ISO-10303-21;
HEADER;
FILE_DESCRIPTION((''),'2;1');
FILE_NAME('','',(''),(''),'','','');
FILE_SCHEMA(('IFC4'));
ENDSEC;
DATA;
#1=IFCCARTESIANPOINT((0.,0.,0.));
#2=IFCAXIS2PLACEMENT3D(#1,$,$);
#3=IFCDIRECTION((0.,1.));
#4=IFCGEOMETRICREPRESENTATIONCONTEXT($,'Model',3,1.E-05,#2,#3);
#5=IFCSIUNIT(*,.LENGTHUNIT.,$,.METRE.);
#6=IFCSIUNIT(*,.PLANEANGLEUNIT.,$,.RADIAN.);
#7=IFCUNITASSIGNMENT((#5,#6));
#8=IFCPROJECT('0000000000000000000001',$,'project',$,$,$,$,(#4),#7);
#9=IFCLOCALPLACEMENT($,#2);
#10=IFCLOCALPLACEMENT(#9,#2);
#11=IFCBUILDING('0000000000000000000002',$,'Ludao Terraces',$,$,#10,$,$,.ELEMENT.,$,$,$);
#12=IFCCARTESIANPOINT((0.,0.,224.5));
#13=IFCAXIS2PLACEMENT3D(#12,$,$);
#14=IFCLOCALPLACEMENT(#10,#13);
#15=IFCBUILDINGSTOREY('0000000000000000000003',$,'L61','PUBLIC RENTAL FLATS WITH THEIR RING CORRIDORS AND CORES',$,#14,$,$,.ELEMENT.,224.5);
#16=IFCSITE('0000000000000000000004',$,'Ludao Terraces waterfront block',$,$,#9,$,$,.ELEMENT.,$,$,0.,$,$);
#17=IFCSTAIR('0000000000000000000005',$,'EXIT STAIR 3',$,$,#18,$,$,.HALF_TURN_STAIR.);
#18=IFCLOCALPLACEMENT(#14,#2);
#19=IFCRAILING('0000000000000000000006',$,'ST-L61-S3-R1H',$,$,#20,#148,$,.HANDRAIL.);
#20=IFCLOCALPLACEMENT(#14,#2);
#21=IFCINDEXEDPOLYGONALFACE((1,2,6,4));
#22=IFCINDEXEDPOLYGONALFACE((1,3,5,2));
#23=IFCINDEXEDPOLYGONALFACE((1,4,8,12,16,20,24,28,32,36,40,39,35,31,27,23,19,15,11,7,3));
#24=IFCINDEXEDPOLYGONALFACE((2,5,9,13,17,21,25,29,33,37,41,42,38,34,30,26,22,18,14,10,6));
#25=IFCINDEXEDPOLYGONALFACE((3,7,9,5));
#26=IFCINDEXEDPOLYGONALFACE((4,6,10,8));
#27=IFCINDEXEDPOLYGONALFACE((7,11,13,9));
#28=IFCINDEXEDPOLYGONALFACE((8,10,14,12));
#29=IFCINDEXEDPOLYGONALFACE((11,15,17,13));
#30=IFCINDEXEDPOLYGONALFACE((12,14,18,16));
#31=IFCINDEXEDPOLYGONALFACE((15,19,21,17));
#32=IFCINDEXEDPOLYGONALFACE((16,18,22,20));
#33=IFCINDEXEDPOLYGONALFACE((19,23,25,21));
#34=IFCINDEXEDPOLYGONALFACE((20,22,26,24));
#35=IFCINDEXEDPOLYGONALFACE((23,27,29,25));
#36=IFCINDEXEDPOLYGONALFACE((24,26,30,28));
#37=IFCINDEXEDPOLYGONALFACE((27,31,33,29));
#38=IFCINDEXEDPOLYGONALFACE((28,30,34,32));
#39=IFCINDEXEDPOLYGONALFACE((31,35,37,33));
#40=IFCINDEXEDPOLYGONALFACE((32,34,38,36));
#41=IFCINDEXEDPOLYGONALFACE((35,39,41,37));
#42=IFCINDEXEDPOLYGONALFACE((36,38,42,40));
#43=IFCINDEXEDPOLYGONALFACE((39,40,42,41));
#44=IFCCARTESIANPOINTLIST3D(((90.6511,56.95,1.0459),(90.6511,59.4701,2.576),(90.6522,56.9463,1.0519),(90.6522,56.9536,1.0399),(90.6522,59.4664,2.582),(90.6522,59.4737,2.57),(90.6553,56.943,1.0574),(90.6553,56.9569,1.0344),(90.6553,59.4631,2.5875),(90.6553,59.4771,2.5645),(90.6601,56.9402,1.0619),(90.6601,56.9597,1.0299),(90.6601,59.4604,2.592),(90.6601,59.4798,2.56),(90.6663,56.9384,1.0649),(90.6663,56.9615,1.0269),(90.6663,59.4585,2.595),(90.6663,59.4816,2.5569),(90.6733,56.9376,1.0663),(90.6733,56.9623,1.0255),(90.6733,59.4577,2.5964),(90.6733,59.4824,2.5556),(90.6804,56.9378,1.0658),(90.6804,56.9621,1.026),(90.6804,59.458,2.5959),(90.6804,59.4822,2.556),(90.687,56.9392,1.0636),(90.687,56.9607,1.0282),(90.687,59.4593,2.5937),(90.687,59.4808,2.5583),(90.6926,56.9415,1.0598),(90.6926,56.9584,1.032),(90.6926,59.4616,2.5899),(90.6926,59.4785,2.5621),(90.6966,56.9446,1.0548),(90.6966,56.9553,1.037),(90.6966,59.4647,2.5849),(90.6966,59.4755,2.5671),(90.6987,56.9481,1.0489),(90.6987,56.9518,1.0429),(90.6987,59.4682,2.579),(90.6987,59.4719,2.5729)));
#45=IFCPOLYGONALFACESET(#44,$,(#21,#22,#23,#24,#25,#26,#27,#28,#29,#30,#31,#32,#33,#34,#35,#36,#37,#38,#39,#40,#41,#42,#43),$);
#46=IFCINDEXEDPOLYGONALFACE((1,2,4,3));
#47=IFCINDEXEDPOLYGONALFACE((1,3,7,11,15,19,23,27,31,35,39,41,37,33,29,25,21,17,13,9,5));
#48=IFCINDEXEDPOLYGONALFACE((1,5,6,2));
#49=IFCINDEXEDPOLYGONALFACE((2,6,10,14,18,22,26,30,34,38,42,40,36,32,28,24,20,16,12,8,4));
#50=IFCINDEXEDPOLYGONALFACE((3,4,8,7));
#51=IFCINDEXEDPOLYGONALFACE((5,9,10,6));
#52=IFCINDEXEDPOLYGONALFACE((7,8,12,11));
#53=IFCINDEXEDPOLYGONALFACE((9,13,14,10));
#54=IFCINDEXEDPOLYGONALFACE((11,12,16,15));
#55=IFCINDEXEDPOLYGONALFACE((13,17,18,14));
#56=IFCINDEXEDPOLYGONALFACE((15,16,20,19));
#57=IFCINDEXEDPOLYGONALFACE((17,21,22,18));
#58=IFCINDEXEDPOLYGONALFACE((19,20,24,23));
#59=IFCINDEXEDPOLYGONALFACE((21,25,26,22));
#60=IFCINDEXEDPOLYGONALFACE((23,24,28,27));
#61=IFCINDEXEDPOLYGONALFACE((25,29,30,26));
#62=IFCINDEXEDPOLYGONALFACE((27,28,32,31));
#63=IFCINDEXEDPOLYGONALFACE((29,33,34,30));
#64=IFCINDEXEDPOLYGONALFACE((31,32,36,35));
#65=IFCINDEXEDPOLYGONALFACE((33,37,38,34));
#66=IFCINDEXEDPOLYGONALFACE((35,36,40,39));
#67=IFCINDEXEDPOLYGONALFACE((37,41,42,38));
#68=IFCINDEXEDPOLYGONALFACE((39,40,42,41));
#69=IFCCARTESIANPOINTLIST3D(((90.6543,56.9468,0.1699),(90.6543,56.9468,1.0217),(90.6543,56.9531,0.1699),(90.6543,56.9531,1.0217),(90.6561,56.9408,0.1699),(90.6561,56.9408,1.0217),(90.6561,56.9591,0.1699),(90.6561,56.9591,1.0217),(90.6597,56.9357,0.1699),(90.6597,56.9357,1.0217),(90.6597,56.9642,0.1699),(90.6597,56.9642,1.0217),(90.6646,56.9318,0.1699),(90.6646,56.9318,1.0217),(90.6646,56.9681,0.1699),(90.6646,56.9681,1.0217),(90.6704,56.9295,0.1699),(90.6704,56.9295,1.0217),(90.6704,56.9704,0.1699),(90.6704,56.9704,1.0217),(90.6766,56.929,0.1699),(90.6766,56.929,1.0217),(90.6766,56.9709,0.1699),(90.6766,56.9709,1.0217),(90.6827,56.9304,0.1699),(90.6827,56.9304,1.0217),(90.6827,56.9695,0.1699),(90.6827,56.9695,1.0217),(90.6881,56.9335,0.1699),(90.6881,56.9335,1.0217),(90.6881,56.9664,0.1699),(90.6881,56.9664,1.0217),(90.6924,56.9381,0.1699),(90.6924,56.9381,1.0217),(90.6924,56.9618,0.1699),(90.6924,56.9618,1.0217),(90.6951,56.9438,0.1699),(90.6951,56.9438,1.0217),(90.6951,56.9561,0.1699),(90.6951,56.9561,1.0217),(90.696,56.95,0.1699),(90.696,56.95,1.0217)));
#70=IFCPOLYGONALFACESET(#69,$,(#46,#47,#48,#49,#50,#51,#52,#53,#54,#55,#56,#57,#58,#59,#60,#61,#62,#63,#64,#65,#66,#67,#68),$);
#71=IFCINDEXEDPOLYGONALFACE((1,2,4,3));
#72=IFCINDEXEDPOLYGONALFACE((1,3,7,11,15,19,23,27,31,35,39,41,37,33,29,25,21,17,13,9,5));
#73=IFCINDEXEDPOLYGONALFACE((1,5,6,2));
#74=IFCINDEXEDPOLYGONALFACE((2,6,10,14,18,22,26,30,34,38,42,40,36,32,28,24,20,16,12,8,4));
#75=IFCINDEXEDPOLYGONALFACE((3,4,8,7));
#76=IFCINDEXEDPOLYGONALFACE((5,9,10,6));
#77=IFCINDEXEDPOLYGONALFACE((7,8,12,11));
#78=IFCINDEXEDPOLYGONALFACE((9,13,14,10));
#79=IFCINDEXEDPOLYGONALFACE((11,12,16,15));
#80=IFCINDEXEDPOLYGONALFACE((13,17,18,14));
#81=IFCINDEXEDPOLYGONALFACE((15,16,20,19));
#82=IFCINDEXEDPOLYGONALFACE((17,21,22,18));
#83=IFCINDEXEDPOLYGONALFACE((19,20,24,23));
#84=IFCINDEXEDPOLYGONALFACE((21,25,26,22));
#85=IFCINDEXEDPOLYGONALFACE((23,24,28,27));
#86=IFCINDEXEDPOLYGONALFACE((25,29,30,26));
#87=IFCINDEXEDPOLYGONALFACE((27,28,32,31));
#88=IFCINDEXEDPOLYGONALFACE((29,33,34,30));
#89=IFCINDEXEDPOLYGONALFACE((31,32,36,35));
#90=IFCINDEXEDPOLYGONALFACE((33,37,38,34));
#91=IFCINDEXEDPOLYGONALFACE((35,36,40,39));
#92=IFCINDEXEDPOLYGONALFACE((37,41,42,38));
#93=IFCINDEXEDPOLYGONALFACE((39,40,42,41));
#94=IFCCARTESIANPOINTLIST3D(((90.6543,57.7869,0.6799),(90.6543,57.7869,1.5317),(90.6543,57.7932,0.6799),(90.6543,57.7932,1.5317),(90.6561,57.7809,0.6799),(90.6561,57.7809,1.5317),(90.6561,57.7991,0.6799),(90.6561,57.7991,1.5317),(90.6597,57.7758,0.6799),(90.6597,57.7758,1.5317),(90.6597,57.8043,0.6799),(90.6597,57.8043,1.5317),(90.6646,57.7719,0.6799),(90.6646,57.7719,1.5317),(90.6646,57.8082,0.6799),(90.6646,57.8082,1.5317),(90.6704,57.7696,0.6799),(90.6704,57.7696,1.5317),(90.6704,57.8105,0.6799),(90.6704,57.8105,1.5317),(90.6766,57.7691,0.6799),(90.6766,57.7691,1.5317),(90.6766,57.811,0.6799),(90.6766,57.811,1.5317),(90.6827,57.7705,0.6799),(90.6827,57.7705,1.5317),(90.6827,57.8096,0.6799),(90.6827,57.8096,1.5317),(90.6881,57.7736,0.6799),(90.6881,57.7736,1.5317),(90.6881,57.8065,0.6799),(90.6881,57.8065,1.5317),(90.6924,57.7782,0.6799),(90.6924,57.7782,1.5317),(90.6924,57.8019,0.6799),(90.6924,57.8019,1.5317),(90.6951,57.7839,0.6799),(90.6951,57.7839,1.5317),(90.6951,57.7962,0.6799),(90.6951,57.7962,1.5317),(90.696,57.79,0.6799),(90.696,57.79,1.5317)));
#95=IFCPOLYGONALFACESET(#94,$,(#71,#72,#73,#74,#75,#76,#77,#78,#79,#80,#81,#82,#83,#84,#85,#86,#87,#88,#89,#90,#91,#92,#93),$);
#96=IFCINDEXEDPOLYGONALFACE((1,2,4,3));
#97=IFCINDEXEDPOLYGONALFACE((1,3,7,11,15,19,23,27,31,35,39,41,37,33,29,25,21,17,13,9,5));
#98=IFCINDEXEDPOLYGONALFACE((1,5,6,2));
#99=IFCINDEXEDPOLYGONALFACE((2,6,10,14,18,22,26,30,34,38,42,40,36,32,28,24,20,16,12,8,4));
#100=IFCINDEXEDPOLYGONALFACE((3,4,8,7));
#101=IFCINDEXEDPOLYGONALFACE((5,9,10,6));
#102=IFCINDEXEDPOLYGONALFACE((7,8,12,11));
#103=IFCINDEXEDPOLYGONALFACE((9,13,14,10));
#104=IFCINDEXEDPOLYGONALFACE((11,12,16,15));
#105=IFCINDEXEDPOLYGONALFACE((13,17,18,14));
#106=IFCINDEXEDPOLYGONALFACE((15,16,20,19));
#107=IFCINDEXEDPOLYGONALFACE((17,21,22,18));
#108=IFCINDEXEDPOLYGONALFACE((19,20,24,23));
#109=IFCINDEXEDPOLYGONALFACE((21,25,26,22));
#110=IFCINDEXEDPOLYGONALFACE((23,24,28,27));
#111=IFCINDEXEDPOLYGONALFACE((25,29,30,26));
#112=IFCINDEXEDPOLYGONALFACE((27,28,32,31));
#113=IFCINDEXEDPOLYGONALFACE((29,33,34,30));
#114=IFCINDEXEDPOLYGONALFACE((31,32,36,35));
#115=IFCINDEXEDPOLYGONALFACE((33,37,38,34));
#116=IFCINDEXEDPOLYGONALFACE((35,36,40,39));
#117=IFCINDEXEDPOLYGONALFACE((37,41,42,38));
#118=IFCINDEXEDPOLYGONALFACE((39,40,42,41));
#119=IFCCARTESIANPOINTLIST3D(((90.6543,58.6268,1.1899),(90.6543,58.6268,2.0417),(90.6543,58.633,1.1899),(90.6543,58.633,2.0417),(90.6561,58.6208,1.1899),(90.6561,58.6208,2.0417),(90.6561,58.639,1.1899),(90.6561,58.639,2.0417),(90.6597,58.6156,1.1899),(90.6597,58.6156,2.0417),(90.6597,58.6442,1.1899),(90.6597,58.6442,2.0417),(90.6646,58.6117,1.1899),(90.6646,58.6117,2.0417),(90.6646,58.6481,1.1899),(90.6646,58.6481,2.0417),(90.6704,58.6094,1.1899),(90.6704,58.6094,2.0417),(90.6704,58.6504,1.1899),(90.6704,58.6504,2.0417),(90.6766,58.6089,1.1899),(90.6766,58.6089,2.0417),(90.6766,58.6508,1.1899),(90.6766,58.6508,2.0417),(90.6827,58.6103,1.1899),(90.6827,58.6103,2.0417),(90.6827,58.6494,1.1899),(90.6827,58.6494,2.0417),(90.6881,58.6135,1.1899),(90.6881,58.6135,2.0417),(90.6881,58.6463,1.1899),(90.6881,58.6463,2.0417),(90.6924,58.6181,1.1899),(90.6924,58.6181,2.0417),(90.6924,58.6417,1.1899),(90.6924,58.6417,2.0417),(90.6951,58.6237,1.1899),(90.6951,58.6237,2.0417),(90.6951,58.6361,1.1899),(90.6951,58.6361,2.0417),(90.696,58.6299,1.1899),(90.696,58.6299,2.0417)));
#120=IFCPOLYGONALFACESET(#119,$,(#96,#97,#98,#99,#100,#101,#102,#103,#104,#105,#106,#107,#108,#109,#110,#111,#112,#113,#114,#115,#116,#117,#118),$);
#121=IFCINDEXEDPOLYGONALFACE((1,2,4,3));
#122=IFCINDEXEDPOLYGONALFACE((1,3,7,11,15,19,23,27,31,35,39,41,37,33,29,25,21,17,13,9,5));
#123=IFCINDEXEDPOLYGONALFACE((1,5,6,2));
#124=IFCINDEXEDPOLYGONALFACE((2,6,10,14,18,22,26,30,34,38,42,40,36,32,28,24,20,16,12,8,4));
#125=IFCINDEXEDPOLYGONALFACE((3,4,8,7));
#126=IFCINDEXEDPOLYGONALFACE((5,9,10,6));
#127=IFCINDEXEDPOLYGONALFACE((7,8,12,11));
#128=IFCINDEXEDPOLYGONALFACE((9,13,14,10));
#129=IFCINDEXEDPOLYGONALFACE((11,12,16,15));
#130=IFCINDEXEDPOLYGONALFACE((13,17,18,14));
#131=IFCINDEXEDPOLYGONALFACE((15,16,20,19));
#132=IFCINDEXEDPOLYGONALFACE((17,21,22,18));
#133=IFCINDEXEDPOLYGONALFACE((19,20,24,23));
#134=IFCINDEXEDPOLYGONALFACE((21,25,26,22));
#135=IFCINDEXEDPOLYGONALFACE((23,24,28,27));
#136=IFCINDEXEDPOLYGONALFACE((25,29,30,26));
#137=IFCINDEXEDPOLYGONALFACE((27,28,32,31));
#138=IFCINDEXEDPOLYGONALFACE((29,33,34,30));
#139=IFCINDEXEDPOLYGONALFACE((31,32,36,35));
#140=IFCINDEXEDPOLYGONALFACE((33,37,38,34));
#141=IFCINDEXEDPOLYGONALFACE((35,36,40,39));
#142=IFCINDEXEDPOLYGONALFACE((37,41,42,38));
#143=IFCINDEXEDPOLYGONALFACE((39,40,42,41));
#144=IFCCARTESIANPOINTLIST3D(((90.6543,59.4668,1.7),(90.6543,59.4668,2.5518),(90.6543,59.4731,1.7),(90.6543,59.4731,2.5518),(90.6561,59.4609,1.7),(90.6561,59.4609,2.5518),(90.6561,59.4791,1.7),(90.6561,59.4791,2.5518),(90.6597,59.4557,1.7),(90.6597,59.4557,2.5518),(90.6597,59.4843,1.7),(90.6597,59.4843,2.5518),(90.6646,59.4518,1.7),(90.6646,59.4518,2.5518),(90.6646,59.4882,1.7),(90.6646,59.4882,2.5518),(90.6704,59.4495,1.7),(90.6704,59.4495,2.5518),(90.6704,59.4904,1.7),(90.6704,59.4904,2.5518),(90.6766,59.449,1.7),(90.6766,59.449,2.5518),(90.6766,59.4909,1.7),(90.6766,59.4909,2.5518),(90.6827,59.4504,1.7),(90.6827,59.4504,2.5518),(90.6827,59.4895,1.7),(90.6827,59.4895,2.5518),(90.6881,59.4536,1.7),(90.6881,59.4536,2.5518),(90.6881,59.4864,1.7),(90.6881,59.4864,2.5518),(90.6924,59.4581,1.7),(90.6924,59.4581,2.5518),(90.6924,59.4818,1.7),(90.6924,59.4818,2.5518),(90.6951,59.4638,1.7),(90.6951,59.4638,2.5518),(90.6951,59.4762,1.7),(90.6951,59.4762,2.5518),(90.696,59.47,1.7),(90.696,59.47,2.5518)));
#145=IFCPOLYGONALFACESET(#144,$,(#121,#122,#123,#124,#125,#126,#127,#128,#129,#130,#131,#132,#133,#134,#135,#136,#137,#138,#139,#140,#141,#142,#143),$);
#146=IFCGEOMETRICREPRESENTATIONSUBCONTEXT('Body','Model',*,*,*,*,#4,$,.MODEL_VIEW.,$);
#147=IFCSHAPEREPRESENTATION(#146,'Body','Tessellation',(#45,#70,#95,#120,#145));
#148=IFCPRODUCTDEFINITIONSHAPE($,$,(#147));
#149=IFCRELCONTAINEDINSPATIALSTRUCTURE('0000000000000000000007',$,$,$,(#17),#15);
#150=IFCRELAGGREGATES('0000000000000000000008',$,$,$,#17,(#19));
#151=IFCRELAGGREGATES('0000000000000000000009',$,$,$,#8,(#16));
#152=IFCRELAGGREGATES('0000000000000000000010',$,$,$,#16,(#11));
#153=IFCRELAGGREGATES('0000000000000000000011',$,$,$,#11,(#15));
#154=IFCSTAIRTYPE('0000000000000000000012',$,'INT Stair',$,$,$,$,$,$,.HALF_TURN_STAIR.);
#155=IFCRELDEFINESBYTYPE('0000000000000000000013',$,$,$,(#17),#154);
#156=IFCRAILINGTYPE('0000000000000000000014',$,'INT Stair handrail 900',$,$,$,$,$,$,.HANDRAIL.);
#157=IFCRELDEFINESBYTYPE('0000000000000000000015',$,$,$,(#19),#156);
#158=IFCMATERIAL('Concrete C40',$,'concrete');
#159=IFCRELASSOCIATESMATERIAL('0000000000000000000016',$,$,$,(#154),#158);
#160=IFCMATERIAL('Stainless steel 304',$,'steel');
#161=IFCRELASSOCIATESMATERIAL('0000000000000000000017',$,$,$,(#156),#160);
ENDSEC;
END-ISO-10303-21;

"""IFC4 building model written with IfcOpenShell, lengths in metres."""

from ifc_helpers import new_model, si_unit, direction, frame, origin, origin_2d, place, context, subcontext, project, spatial, circle, extrude, material, type_object, element, aggregate, save


model = new_model("IFC4")

# Units and contexts
model_context = context("Model", 3, precision=1e-05, world=origin(), true_north=direction((0.0, 1.0)))
body_context = subcontext(model_context, "Body", "Model", "MODEL_VIEW")
ifc_project = project(units=[si_unit("LENGTHUNIT", "METRE"), si_unit("PLANEANGLEUNIT", "RADIAN")], contexts=[model_context])

# Site, building, storey
site_placement = place(None, origin())
site = spatial("IfcSite", under=ifc_project, at=site_placement, Name="Ludao Terraces waterfront block", CompositionType="ELEMENT", RefElevation=0.0)
building_placement = place(site_placement, origin())
building = spatial("IfcBuilding", under=site, at=building_placement, Name="Ludao Terraces", CompositionType="ELEMENT")
storey_placement = place(building_placement, frame((0.0, 0.0, 224.5)))
storey = spatial("IfcBuildingStorey", under=building, at=storey_placement, Name="L61", Description="PUBLIC RENTAL FLATS WITH THEIR RING CORRIDORS AND CORES", CompositionType="ELEMENT", Elevation=224.5)

# Shared definitions
ifc_material_1 = material(Name="Concrete C40", Category="concrete")

# Stair, railing
stair_type = type_object("IfcStairType", Name="INT Stair", PredefinedType="HALF_TURN_STAIR", material=ifc_material_1)
stair_placement = place(storey_placement, origin())
stair = element("IfcStair", 1, at=stair_placement, inside=storey, type_object=stair_type, Name="EXIT STAIR 3", PredefinedType="HALF_TURN_STAIR")
ifc_material_2 = material(Name="Stainless steel 304", Category="steel")
railing_type_1 = type_object("IfcRailingType", Name="INT Stair handrail 900", PredefinedType="HANDRAIL", material=ifc_material_2)
railing_1_placement = place(storey_placement, frame((90.675, 56.95, 0.1699)))
railing_1 = element("IfcRailing", 2, at=railing_1_placement, type_object=railing_type_1, Name="ST-L61-S3-R1H", PredefinedType="HANDRAIL", context=body_context, shape_type="SweptSolid", body=[
    extrude(circle(Radius=0.0239, at=origin_2d()), frame((0.0, 0.0, 0.876), z_axis=(0.0, 0.854785, 0.518982), x_axis=(-1.0, 0.0, 0.0)), (0.0, 0.0, 1.0), 2.9482),
    extrude(circle(Radius=0.021, at=origin_2d()), origin(), (0.0, 0.0, 1.0), 0.8518),
    extrude(circle(Radius=0.021, at=origin_2d()), frame((0.0, 0.8401, 0.51)), (0.0, 0.0, 1.0), 0.8518),
    extrude(circle(Radius=0.021, at=origin_2d()), frame((0.0, 1.6799, 1.02)), (0.0, 0.0, 1.0), 0.8518),
    extrude(circle(Radius=0.021, at=origin_2d()), frame((0.0, 2.52, 1.53)), (0.0, 0.0, 1.0), 0.8518),
])
aggregate(stair, [railing_1])

save(model, "model.ifc")
